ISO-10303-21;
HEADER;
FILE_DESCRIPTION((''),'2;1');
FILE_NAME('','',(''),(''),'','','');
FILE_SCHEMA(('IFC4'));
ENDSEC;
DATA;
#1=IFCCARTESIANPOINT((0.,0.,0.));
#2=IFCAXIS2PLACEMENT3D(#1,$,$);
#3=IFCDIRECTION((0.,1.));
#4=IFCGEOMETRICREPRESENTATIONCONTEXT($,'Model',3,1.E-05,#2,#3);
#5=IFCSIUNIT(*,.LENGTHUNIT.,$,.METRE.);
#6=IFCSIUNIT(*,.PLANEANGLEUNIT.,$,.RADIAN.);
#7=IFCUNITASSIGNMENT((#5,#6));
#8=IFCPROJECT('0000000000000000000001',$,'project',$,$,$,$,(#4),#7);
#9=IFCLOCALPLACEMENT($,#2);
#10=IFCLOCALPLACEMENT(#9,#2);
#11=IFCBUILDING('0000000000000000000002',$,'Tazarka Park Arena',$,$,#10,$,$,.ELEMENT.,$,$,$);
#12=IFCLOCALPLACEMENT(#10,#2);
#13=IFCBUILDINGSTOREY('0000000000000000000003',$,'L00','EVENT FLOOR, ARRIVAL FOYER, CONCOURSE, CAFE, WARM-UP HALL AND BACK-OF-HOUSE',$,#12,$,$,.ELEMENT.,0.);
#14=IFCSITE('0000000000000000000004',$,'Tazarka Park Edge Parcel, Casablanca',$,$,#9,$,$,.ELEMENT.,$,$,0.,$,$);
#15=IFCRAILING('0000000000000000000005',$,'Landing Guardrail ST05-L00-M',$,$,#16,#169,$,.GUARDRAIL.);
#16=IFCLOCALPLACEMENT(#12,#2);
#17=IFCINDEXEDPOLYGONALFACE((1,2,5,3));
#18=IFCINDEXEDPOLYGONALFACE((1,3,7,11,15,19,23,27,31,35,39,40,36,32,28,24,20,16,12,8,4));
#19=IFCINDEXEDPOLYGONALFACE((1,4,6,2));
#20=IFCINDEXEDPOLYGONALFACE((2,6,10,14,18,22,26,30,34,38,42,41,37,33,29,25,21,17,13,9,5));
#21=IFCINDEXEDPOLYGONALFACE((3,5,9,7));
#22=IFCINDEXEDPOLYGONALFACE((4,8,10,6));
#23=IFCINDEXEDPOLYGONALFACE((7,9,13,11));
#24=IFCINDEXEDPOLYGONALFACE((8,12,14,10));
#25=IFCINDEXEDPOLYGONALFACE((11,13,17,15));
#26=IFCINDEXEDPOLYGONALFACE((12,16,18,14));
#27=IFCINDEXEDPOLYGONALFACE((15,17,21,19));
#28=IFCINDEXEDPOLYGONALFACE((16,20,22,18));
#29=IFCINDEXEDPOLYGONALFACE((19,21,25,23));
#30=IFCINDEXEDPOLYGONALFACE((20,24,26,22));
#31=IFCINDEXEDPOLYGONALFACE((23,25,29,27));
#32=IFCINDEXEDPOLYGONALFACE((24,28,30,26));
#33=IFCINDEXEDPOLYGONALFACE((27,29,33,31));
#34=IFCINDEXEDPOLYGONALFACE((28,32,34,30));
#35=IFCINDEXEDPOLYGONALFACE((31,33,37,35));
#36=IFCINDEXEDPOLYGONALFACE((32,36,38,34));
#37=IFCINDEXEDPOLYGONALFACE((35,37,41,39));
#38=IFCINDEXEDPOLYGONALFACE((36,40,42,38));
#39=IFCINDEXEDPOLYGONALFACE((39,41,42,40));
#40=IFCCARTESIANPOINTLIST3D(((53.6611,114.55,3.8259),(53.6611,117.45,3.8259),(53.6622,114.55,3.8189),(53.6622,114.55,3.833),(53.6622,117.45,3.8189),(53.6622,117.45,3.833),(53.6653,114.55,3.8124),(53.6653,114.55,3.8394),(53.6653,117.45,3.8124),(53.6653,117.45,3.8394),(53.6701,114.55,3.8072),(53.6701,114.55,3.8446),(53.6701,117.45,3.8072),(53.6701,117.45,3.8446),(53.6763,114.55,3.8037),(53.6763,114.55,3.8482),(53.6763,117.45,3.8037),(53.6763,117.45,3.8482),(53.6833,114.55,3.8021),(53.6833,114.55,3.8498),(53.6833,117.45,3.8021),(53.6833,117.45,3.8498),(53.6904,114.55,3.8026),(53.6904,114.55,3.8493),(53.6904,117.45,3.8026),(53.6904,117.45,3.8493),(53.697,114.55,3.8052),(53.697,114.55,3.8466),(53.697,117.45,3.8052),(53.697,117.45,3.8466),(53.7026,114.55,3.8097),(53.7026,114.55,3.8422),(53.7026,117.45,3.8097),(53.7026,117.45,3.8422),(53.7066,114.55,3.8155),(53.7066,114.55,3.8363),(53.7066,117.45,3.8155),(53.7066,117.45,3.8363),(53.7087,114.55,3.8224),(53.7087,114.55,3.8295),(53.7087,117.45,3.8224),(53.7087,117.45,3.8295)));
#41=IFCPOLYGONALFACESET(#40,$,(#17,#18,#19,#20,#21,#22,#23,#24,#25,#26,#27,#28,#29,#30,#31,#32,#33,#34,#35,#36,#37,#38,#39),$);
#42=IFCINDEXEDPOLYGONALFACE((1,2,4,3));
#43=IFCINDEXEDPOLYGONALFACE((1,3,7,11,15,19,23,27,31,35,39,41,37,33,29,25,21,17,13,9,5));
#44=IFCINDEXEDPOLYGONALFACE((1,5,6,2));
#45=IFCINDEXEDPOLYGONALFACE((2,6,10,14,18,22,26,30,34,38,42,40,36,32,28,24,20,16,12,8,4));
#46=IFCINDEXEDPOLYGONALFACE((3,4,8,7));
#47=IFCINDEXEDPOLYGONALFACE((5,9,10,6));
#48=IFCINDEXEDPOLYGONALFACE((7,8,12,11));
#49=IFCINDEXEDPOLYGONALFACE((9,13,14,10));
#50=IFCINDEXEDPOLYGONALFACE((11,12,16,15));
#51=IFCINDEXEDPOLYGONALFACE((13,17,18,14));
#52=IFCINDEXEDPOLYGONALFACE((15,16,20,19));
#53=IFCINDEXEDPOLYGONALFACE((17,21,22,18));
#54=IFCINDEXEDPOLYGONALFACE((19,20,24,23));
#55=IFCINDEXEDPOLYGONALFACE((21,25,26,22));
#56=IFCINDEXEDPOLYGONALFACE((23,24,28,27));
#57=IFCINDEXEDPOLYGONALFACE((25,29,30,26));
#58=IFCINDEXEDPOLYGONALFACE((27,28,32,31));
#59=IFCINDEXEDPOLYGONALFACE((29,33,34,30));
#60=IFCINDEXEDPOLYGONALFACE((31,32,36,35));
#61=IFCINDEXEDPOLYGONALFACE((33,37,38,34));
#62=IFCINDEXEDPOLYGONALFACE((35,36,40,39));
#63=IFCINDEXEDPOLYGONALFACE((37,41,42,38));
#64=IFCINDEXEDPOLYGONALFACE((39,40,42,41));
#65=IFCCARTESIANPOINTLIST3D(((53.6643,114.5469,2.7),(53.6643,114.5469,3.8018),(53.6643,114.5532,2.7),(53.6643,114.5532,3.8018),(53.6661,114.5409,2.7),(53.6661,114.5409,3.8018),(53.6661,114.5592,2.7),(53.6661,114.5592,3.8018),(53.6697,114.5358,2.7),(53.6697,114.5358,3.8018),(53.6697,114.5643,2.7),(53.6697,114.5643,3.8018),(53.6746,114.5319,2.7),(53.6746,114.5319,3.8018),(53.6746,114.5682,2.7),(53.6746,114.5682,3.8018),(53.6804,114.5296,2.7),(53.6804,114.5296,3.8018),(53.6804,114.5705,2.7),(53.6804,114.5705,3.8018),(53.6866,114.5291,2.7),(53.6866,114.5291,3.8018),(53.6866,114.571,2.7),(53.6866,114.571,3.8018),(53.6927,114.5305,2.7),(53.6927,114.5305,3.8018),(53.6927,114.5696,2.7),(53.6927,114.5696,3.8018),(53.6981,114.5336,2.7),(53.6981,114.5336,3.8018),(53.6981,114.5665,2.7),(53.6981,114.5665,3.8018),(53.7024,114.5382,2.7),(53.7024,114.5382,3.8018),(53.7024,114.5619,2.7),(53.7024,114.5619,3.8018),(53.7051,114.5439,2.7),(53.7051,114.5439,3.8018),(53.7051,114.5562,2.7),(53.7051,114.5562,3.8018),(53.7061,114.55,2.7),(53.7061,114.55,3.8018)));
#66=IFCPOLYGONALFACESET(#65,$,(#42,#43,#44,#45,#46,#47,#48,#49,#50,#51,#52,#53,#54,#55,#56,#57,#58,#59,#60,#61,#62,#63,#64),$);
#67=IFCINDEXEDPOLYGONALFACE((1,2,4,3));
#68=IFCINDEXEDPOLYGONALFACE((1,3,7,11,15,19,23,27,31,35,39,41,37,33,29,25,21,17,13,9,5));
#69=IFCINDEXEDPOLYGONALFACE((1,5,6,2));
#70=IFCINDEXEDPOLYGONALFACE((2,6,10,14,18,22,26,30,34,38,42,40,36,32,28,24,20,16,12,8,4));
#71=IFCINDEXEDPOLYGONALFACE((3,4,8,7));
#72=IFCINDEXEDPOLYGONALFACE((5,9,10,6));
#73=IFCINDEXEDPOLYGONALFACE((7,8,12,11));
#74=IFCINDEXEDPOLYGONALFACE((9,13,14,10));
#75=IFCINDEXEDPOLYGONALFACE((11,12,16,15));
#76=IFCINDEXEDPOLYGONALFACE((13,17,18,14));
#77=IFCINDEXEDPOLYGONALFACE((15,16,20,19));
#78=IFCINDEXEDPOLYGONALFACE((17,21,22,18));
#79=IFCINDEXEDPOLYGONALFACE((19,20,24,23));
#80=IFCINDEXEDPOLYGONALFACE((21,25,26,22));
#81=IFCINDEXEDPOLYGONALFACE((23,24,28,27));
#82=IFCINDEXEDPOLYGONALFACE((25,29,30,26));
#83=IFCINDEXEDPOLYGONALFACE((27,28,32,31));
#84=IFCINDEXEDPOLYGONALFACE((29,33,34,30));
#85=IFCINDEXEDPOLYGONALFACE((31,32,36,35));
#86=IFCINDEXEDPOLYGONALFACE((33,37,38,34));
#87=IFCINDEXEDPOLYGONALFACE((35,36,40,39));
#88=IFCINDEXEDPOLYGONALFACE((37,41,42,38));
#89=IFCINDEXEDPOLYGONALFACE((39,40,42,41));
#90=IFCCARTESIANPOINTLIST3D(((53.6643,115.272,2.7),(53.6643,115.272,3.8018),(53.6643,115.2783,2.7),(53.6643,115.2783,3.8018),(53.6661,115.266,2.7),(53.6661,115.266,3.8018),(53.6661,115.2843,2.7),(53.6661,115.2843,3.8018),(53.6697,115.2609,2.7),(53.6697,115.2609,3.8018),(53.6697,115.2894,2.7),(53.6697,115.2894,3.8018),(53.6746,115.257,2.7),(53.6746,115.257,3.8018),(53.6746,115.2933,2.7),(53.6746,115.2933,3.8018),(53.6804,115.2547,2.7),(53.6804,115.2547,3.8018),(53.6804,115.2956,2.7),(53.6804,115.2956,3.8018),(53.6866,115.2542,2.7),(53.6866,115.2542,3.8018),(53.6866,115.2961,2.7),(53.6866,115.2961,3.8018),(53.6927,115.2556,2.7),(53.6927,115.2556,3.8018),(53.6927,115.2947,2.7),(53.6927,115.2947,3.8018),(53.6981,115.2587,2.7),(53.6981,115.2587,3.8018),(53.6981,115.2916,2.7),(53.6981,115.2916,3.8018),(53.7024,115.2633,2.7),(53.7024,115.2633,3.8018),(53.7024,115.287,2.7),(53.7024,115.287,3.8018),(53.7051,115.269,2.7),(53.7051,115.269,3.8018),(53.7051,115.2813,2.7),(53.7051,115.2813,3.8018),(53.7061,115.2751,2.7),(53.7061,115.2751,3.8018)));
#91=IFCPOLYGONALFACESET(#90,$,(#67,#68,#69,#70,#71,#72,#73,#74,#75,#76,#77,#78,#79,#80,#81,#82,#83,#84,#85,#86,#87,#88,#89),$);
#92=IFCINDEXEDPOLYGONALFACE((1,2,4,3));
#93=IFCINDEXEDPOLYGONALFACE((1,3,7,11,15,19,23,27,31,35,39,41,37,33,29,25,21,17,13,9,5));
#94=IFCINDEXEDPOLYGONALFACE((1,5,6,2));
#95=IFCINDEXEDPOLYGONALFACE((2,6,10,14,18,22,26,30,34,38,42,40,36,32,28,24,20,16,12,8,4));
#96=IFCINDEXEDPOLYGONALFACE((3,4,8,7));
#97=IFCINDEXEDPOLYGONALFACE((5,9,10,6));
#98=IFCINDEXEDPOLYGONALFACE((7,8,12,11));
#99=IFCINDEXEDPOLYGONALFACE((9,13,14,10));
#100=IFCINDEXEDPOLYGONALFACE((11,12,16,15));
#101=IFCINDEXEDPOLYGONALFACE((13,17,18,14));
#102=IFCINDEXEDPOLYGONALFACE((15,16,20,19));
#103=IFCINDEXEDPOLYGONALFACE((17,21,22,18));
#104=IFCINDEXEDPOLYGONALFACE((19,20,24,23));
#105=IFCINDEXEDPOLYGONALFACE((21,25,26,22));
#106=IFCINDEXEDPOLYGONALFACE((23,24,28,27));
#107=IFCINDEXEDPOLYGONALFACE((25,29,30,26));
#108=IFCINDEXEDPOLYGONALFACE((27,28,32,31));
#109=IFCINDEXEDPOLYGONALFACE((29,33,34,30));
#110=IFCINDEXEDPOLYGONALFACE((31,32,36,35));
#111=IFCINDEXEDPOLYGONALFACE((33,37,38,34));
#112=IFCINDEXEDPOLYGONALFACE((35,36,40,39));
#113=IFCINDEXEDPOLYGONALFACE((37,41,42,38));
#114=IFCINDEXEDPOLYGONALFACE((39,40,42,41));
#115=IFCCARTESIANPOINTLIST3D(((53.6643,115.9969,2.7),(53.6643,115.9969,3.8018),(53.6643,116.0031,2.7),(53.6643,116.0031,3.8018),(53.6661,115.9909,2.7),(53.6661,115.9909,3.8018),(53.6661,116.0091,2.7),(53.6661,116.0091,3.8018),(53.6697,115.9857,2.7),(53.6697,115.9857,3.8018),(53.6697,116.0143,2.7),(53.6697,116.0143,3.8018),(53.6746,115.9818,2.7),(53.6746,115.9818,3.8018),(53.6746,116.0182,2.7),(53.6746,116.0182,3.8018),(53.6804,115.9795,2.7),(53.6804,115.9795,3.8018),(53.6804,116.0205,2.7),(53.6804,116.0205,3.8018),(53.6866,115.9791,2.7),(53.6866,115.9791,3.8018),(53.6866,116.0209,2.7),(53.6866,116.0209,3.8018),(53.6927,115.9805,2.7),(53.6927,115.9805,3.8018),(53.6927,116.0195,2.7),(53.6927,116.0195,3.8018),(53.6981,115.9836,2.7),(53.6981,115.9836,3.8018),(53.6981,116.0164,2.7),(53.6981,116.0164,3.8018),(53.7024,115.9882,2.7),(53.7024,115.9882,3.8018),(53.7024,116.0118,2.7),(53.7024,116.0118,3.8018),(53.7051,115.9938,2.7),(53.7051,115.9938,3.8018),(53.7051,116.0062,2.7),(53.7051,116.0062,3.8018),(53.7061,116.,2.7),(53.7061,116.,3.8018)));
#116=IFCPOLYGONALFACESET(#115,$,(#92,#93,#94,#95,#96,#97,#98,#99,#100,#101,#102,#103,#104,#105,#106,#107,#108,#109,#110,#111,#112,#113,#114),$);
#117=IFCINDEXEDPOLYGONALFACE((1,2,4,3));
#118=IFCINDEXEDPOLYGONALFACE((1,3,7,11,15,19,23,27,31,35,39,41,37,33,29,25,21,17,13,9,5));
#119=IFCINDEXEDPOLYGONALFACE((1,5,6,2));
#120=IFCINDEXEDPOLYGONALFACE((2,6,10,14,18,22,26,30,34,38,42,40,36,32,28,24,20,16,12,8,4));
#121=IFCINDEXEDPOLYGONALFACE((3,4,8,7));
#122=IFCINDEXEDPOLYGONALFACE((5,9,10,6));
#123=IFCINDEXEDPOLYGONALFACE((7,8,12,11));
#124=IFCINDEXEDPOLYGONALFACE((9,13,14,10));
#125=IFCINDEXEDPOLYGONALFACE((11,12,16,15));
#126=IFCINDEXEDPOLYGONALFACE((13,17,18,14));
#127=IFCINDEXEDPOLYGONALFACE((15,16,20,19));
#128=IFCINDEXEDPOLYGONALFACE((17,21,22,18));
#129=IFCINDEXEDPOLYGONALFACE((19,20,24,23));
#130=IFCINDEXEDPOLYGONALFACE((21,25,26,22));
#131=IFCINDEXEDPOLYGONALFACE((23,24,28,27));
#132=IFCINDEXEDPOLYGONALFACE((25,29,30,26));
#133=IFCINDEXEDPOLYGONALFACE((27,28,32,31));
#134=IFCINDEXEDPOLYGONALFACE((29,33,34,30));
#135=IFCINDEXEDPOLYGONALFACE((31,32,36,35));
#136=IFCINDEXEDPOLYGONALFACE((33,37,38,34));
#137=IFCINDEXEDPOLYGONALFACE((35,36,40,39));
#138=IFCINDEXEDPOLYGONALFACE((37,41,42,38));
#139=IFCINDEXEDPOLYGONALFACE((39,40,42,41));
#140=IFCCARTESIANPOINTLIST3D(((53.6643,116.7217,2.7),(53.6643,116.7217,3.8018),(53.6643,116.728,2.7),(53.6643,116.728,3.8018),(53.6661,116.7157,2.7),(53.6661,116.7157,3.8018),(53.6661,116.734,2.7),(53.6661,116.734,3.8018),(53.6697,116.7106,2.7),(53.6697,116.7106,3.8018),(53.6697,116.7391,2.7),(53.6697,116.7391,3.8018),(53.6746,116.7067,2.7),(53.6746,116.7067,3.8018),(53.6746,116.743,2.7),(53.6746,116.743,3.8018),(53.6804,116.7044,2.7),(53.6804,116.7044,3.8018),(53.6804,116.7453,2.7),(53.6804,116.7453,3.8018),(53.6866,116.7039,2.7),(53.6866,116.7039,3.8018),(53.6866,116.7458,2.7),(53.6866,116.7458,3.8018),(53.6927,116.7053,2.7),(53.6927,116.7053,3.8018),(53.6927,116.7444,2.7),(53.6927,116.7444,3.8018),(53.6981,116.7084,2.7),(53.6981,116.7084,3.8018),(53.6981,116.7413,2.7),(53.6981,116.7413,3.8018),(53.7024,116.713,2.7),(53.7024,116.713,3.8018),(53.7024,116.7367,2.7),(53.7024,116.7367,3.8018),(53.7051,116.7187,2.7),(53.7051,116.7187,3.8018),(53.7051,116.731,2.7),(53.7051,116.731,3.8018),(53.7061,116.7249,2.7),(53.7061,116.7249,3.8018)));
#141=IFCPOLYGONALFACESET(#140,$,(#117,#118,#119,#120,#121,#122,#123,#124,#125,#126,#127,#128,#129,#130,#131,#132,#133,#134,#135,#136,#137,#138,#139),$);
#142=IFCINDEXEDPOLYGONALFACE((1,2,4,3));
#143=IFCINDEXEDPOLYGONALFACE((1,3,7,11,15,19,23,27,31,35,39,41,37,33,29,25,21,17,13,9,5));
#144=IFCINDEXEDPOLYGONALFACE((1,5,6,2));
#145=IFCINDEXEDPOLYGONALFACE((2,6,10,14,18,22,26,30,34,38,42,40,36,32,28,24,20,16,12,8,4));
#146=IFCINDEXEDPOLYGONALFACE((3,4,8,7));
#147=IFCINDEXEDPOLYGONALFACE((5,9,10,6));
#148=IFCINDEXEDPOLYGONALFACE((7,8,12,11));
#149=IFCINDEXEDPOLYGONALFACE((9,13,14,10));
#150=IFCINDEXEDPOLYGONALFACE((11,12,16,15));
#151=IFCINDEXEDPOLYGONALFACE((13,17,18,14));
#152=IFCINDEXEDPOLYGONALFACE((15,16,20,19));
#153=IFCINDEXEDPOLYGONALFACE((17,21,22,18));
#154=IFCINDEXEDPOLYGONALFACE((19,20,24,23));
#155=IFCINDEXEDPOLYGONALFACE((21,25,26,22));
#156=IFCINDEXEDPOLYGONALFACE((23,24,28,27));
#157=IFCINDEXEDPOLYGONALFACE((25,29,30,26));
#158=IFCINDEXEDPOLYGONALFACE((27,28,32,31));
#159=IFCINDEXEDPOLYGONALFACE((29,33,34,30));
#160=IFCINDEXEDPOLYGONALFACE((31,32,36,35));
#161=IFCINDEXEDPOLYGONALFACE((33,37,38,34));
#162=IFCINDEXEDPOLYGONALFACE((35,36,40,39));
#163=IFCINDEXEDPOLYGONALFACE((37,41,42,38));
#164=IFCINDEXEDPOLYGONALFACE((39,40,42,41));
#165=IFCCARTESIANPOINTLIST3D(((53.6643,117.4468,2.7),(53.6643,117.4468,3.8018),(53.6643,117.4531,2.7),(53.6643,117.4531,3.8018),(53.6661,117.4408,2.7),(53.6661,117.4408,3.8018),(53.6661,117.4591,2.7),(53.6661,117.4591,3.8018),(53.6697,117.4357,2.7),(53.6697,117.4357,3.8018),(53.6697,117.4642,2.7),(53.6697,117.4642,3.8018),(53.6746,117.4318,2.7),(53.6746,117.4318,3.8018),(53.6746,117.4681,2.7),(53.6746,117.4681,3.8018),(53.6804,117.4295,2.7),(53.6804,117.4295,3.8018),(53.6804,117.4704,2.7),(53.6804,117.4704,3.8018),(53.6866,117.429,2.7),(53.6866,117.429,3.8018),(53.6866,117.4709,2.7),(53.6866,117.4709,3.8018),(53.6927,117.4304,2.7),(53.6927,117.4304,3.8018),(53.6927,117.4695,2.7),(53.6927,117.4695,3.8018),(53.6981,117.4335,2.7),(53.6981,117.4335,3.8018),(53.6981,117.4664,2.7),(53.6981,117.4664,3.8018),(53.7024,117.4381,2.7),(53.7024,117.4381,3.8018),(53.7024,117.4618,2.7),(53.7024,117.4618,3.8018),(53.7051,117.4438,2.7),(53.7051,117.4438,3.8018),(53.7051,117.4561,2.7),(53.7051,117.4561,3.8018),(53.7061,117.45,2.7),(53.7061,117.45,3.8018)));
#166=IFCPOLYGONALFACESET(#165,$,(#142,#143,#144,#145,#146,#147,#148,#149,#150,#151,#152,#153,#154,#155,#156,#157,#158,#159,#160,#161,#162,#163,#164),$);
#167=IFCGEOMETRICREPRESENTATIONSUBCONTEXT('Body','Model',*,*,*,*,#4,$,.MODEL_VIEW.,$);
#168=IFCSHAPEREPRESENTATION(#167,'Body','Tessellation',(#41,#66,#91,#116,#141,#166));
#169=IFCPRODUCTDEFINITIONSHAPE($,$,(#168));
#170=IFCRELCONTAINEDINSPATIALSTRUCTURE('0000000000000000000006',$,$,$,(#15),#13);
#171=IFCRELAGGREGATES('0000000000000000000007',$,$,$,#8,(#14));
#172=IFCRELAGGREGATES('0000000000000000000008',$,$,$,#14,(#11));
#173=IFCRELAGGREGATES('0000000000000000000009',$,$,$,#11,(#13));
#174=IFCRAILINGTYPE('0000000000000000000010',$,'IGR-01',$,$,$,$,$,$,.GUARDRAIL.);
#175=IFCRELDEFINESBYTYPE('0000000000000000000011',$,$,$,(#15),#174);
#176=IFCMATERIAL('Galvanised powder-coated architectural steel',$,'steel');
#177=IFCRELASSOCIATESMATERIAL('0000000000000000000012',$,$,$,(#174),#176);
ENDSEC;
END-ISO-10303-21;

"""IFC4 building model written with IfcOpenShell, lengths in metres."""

from ifc_helpers import new_model, si_unit, direction, frame, origin, origin_2d, place, context, subcontext, project, spatial, circle, extrude, material, type_object, element, save


model = new_model("IFC4")

# Units and contexts
model_context = context("Model", 3, precision=1e-05, world=origin(), true_north=direction((0.0, 1.0)))
body_context = subcontext(model_context, "Body", "Model", "MODEL_VIEW")
ifc_project = project(units=[si_unit("LENGTHUNIT", "METRE"), si_unit("PLANEANGLEUNIT", "RADIAN")], contexts=[model_context])

# Site, building, storey
site_placement = place(None, origin())
site = spatial("IfcSite", under=ifc_project, at=site_placement, Name="Tazarka Park Edge Parcel, Casablanca", CompositionType="ELEMENT", RefElevation=0.0)
building_placement = place(site_placement, origin())
building = spatial("IfcBuilding", under=site, at=building_placement, Name="Tazarka Park Arena", CompositionType="ELEMENT")
storey_placement = place(building_placement, origin())
storey = spatial("IfcBuildingStorey", under=building, at=storey_placement, Name="L00", Description="EVENT FLOOR, ARRIVAL FOYER, CONCOURSE, CAFE, WARM-UP HALL AND BACK-OF-HOUSE", CompositionType="ELEMENT", Elevation=0.0)

# Railing
ifc_material_1 = material(Name="Galvanised powder-coated architectural steel", Category="steel")
railing_type_1 = type_object("IfcRailingType", Name="IGR-01", PredefinedType="GUARDRAIL", material=ifc_material_1)
for number, where, name in (
    (1, (53.6851, 114.55, 2.7), "Landing Guardrail ST05-L00-M"),
):
    element("IfcRailing", number, at=place(storey_placement, frame(where)), inside=storey, type_object=railing_type_1, Name=name, PredefinedType="GUARDRAIL", context=body_context, shape_type="SweptSolid", body=[
        extrude(circle(Radius=0.0239, at=origin_2d()), frame((0.0, 0.0, 1.126), z_axis=(0.0, 1.0, 0.0), x_axis=(-1.0, 0.0, 0.0)), (0.0, 0.0, 1.0), 2.8999),
        extrude(circle(Radius=0.021, at=origin_2d()), origin(), (0.0, 0.0, 1.0), 1.1018),
        extrude(circle(Radius=0.021, at=origin_2d()), frame((0.0, 0.7251, 0.0)), (0.0, 0.0, 1.0), 1.1018),
        extrude(circle(Radius=0.021, at=origin_2d()), frame((0.0, 1.45, 0.0)), (0.0, 0.0, 1.0), 1.1018),
        extrude(circle(Radius=0.021, at=origin_2d()), frame((0.0, 2.1748, 0.0)), (0.0, 0.0, 1.0), 1.1018),
        extrude(circle(Radius=0.021, at=origin_2d()), frame((0.0, 2.8999, 0.0)), (0.0, 0.0, 1.0), 1.1018),
    ])

save(model, "model.ifc")
